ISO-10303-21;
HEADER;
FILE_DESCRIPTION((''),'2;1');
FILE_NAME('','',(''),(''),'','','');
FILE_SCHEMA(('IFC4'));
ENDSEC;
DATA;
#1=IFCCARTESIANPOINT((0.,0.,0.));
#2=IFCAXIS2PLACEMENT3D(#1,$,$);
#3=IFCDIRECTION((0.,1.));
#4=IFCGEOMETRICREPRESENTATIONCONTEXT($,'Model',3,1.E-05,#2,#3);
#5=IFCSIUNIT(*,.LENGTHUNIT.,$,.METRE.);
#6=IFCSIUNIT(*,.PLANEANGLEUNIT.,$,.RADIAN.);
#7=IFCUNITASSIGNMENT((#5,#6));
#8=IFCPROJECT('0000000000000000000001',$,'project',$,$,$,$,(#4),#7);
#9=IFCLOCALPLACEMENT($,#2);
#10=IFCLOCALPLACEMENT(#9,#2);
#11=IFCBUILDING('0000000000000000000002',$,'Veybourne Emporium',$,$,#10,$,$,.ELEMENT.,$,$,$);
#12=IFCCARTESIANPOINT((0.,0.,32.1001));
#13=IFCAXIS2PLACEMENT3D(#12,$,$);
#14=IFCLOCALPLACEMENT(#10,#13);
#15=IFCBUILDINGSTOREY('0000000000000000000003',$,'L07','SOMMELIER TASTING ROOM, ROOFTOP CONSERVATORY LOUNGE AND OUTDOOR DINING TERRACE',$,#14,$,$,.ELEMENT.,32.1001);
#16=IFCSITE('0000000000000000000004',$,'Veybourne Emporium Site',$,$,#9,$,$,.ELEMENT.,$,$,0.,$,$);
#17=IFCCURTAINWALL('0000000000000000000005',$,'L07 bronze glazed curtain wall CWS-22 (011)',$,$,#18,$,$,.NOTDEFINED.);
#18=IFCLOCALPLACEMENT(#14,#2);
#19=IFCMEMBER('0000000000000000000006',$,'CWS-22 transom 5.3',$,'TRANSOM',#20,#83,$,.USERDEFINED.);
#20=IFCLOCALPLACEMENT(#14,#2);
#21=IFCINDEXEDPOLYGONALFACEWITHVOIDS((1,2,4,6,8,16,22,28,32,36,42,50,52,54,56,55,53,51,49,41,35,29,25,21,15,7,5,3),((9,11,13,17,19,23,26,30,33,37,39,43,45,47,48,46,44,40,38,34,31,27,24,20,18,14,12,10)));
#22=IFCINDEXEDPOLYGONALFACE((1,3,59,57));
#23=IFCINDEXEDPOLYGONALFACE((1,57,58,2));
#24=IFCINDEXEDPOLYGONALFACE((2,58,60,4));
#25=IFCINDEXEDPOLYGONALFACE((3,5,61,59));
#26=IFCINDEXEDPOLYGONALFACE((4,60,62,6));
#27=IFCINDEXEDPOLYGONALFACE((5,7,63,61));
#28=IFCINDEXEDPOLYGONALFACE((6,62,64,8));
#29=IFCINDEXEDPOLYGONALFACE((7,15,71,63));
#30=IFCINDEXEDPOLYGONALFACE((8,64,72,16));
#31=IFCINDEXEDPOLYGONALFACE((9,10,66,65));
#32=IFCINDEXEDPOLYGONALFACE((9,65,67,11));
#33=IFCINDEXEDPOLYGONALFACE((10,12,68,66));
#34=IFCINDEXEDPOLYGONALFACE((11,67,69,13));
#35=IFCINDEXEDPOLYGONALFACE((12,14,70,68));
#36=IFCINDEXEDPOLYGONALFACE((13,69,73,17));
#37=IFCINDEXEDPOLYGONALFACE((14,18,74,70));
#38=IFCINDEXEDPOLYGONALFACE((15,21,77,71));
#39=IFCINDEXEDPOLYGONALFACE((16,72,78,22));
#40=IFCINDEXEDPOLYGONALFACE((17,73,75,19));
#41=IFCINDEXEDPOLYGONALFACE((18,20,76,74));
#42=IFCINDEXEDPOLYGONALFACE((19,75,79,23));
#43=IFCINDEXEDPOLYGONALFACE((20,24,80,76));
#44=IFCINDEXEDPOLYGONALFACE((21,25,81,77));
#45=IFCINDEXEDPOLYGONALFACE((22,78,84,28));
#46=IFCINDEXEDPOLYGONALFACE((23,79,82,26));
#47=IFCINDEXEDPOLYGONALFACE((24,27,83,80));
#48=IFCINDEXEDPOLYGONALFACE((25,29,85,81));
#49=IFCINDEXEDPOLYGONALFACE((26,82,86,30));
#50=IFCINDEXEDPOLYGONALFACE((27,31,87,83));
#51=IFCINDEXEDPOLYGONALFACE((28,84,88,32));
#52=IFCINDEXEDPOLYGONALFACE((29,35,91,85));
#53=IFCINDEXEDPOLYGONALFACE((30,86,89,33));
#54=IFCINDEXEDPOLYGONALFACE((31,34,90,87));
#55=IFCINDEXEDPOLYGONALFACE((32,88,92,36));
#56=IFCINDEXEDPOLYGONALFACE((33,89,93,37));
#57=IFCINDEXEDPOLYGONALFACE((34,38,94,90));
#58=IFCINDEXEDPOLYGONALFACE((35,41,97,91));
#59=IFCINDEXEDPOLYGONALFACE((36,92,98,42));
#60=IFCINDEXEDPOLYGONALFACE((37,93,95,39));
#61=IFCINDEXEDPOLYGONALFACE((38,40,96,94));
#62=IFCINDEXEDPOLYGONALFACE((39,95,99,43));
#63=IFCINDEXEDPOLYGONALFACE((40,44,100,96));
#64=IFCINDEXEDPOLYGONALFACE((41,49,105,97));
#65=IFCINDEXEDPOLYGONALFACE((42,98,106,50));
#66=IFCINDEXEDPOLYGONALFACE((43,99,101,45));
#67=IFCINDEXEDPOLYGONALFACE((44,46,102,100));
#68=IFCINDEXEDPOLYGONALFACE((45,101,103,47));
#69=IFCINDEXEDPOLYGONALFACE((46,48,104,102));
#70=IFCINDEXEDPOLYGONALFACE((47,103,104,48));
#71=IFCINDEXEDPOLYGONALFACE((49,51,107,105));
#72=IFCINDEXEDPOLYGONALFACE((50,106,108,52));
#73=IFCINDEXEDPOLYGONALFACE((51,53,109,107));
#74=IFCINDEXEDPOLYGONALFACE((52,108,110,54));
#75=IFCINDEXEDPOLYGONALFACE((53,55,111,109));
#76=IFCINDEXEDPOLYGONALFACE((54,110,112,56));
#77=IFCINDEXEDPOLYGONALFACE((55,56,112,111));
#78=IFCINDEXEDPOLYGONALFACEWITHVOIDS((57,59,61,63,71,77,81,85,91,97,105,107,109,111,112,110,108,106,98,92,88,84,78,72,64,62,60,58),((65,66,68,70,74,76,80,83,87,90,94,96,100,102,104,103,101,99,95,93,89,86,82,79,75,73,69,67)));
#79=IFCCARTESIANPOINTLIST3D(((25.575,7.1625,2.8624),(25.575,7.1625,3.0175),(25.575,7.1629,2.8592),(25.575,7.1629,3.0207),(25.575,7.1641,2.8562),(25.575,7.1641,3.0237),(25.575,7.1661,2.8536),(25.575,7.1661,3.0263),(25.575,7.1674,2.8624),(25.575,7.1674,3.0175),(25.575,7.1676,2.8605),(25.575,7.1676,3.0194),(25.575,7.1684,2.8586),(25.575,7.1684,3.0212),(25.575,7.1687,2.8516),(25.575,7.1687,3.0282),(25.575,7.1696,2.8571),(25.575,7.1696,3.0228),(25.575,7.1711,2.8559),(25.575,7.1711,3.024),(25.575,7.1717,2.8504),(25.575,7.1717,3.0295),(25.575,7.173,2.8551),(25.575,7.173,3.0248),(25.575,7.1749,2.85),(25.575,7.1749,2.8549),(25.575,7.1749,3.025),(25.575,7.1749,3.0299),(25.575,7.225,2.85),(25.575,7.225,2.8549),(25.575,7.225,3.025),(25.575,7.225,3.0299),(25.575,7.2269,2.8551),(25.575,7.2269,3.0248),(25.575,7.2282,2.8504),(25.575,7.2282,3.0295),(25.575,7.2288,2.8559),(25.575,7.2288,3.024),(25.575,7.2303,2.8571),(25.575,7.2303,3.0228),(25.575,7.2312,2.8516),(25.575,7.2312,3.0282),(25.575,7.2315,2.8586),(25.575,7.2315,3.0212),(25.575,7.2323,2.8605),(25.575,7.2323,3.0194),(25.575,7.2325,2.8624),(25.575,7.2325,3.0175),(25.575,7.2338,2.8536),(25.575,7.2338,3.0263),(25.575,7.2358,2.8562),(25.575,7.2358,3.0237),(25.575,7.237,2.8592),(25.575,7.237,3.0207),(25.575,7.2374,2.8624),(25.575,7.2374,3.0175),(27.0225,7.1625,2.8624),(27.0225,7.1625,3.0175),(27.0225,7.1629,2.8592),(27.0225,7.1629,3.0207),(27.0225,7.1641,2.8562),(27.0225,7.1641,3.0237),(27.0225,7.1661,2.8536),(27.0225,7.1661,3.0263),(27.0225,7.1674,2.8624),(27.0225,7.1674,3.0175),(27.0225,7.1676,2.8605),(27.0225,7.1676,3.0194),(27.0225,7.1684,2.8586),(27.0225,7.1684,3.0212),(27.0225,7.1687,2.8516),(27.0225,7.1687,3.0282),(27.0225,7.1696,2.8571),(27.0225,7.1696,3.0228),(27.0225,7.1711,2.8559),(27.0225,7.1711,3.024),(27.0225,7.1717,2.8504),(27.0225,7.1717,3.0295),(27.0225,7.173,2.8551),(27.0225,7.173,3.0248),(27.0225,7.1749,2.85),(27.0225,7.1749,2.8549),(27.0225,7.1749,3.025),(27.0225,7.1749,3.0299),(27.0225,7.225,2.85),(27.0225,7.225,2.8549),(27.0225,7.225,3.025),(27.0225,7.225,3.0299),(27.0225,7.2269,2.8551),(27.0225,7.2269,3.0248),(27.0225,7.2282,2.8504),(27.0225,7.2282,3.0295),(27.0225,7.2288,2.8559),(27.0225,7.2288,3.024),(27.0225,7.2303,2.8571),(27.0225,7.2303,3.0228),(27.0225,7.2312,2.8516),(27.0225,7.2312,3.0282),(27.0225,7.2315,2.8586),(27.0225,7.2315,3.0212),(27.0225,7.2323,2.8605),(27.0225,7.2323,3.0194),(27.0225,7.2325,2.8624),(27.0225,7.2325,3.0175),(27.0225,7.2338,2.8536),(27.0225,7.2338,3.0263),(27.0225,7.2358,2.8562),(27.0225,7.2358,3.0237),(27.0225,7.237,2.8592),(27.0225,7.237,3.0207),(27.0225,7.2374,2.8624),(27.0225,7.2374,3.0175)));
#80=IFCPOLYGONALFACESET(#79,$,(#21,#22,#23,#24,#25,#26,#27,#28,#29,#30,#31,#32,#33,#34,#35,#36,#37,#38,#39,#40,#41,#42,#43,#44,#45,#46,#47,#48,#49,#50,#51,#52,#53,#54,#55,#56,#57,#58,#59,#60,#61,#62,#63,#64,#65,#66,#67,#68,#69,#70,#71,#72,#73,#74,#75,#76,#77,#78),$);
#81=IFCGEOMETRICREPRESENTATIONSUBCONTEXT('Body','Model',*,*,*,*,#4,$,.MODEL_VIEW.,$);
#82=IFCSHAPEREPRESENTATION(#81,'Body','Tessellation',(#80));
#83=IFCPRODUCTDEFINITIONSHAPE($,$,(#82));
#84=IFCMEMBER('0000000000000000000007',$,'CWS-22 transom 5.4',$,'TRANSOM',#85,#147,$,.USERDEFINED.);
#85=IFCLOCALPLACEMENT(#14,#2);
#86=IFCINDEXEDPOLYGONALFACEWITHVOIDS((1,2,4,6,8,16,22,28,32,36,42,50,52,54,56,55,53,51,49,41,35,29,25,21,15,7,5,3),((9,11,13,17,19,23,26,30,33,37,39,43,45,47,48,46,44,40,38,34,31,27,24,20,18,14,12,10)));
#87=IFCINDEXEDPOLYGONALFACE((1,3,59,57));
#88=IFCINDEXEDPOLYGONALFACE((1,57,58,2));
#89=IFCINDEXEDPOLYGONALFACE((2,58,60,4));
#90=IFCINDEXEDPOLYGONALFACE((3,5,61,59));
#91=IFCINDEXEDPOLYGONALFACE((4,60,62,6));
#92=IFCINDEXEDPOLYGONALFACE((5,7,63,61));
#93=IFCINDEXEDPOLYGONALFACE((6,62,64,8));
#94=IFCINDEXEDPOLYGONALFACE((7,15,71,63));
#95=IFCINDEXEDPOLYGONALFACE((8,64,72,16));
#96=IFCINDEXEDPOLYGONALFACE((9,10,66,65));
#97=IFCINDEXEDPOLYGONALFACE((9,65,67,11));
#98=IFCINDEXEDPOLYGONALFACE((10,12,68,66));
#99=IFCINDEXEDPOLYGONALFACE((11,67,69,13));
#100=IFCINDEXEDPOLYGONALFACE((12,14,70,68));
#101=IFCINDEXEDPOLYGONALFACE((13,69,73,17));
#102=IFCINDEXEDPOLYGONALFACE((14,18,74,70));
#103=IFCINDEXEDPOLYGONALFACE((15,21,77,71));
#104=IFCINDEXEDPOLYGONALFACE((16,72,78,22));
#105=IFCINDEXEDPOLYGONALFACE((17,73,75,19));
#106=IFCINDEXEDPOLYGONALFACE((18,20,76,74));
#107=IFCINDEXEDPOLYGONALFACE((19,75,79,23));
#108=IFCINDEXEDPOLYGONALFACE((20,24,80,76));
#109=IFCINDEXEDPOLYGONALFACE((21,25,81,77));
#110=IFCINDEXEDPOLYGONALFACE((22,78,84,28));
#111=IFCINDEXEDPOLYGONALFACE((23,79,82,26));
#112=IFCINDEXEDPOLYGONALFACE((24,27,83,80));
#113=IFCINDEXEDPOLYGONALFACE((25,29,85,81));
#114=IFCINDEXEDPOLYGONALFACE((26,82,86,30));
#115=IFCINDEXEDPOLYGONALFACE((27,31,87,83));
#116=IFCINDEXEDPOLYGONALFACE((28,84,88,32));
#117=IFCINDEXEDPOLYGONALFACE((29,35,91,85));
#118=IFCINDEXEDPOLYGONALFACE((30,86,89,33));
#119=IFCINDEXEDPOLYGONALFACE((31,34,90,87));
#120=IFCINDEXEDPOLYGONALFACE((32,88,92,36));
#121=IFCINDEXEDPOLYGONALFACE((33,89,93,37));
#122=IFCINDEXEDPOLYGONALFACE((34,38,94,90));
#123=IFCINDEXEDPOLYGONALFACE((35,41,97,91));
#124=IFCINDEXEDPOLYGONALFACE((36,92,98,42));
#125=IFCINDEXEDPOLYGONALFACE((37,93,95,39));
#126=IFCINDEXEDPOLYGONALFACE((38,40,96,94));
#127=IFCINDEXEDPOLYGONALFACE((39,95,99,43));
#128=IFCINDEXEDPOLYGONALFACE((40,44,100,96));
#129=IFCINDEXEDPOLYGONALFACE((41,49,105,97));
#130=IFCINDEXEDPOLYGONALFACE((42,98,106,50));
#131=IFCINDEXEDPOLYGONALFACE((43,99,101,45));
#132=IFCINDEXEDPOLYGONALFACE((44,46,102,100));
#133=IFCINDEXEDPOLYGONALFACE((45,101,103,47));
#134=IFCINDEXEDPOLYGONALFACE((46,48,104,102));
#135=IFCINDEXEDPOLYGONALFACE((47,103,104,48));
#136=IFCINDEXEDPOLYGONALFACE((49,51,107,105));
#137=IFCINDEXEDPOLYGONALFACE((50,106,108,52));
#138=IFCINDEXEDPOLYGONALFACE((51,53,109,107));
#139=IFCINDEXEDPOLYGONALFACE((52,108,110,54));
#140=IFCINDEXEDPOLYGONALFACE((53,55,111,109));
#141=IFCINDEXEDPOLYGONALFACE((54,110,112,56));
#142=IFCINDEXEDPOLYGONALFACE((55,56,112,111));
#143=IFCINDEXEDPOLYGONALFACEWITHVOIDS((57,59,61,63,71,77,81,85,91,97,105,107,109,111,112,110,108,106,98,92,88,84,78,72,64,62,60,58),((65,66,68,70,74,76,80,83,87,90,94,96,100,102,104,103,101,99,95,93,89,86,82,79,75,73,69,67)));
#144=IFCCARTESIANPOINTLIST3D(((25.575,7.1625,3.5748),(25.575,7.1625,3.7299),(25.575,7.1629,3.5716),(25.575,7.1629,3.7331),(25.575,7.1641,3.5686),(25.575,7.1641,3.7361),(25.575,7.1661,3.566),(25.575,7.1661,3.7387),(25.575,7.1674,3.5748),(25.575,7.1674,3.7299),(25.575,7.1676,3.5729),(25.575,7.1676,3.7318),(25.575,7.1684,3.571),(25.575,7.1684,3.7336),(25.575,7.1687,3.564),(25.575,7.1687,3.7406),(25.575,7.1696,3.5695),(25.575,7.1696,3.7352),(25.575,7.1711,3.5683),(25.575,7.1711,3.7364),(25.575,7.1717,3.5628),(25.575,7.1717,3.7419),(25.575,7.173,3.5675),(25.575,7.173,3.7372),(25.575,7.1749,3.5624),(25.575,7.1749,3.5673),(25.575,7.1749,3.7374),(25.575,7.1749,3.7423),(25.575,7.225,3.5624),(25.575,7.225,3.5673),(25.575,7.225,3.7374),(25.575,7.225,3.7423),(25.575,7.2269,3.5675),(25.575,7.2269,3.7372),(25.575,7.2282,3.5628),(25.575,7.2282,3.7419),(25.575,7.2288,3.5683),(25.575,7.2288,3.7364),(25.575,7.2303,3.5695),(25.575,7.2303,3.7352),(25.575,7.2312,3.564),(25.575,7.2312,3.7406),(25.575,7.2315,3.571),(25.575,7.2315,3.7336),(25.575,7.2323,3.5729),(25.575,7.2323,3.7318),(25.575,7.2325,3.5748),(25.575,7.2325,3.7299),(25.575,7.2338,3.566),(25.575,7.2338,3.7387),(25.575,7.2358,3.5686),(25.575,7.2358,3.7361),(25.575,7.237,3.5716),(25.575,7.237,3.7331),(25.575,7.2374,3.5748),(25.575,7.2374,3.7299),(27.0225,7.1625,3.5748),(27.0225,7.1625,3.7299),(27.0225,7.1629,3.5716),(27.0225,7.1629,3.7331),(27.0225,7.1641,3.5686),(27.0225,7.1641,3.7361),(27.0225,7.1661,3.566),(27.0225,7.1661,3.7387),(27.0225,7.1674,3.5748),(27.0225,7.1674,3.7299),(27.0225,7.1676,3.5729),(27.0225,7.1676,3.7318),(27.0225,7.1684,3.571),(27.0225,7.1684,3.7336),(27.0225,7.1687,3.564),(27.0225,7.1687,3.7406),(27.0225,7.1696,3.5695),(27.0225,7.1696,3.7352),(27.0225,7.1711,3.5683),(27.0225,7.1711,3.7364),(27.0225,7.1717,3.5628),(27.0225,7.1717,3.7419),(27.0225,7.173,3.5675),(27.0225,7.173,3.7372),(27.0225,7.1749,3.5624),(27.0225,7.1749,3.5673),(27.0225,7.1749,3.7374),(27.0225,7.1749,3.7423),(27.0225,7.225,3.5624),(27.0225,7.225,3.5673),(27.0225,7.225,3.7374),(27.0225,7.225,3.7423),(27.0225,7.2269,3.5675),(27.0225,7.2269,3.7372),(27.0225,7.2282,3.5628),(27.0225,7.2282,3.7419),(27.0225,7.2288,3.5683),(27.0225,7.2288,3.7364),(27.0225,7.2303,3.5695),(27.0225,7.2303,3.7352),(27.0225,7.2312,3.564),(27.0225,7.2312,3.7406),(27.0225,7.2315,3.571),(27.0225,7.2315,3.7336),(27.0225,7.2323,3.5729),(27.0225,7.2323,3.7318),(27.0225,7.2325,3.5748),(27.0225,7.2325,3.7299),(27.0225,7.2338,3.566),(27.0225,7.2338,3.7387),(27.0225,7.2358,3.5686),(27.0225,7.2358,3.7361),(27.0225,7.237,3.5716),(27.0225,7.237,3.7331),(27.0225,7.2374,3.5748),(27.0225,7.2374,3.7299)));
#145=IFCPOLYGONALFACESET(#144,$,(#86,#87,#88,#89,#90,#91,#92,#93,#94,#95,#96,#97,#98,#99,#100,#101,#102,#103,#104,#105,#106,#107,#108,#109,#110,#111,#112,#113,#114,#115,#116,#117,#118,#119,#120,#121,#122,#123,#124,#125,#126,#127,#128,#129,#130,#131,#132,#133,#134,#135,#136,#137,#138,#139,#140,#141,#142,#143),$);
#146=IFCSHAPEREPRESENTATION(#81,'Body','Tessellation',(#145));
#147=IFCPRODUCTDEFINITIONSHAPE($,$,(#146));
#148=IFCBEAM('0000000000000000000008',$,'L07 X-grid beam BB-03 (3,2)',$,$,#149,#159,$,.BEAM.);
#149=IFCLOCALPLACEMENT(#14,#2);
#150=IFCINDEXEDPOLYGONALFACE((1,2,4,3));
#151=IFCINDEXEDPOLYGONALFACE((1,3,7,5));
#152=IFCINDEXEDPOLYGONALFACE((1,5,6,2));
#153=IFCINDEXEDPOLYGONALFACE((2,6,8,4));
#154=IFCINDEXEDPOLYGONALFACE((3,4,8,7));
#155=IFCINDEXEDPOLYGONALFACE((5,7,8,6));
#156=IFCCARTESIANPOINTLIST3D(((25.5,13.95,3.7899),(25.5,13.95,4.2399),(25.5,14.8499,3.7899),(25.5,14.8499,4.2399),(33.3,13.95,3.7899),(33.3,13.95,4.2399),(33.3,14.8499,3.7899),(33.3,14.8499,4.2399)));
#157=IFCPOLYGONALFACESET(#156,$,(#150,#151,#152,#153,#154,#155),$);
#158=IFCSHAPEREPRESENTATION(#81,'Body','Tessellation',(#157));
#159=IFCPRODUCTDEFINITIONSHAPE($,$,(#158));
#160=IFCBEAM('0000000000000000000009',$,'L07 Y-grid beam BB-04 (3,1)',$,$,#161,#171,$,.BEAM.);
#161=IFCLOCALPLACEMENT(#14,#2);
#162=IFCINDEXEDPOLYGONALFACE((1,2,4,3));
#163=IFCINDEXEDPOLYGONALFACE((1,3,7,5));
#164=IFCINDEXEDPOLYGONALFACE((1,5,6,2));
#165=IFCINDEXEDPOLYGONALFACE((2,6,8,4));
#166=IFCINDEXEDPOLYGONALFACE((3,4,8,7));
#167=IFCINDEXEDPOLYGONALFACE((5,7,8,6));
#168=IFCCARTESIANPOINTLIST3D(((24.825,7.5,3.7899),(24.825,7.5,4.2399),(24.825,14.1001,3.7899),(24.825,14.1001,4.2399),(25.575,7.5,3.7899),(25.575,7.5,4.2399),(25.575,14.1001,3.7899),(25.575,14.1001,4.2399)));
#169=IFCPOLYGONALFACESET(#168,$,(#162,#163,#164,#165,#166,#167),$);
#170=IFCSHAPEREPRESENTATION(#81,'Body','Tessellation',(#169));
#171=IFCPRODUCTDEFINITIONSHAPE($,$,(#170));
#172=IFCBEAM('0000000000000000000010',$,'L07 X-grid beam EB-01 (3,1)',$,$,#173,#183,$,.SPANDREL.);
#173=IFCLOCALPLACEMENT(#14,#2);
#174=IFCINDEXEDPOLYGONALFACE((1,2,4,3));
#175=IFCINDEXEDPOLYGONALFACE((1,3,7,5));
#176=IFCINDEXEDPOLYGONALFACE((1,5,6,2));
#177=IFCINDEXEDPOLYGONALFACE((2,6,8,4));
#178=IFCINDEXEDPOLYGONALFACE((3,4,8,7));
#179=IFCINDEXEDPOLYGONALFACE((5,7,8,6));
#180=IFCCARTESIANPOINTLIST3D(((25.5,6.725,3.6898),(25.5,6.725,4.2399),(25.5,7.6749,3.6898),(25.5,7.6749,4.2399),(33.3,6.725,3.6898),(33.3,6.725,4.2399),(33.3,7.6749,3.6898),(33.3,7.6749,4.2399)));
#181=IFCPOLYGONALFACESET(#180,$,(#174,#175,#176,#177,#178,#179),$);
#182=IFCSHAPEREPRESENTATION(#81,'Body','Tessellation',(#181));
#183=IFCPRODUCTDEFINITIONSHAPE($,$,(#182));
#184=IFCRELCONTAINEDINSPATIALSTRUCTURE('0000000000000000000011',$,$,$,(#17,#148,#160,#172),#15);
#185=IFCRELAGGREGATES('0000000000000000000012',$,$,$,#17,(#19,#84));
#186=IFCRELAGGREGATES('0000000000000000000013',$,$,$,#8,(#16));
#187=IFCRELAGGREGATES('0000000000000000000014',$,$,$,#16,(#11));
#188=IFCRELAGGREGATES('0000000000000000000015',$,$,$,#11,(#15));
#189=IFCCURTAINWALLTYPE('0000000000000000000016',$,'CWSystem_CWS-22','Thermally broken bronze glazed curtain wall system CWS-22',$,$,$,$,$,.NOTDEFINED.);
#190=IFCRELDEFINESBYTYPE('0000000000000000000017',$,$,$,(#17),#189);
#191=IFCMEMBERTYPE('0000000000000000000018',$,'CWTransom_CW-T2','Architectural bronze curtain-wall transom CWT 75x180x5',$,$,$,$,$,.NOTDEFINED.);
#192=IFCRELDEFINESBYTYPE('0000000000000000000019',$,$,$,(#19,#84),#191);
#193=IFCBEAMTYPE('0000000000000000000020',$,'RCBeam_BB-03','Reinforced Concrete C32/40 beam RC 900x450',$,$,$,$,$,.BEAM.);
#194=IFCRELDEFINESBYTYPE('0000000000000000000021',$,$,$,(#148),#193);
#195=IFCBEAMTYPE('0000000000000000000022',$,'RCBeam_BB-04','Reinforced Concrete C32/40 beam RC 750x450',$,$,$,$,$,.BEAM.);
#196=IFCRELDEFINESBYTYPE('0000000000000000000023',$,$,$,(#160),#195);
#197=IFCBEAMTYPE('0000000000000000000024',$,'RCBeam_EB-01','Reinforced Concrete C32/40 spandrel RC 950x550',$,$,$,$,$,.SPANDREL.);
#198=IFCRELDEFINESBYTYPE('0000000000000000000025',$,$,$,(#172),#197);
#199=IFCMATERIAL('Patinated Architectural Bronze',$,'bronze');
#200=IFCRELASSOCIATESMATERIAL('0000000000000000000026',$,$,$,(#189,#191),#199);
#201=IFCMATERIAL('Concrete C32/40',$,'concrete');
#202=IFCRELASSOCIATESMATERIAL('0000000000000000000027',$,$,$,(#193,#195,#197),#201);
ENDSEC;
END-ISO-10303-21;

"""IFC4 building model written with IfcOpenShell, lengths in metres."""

from ifc_helpers import new_model, si_unit, direction, frame, origin, origin_2d, place, context, subcontext, project, spatial, rectangle, hollow_rectangle, extrude, material, material_profile, profile_set, type_object, element, aggregate, save


model = new_model("IFC4")

# Units and contexts
model_context = context("Model", 3, precision=1e-05, world=origin(), true_north=direction((0.0, 1.0)))
body_context = subcontext(model_context, "Body", "Model", "MODEL_VIEW")
ifc_project = project(units=[si_unit("LENGTHUNIT", "METRE"), si_unit("PLANEANGLEUNIT", "RADIAN")], contexts=[model_context])

# Site, building, storey
site_placement = place(None, origin())
site = spatial("IfcSite", under=ifc_project, at=site_placement, Name="Veybourne Emporium Site", CompositionType="ELEMENT", RefElevation=0.0)
building_placement = place(site_placement, origin())
building = spatial("IfcBuilding", under=site, at=building_placement, Name="Veybourne Emporium", CompositionType="ELEMENT")
storey_placement = place(building_placement, frame((0.0, 0.0, 32.1001)))
storey = spatial("IfcBuildingStorey", under=building, at=storey_placement, Name="L07", Description="SOMMELIER TASTING ROOM, ROOFTOP CONSERVATORY LOUNGE AND OUTDOOR DINING TERRACE", CompositionType="ELEMENT", Elevation=32.1001)

# Curtain wall, members
ifc_material_1 = material(Name="Patinated Architectural Bronze", Category="bronze")
curtain_wall_type = type_object("IfcCurtainWallType", Name="CWSystem_CWS-22", Description="Thermally broken bronze glazed curtain wall system CWS-22", PredefinedType="NOTDEFINED", material=ifc_material_1)
curtain_wall_placement = place(storey_placement, origin())
curtain_wall = element("IfcCurtainWall", 1, at=curtain_wall_placement, inside=storey, type_object=curtain_wall_type, Name="L07 bronze glazed curtain wall CWS-22 (011)", PredefinedType="NOTDEFINED")
ifc_material_profile_1 = material_profile(ifc_material_1, hollow_rectangle(XDim=0.075, YDim=0.1799, WallThickness=0.0049, InnerFilletRadius=0.0076, OuterFilletRadius=0.0125, at=origin_2d()), Name="CWT 75x180x5")
ifc_profile_set_1 = profile_set([ifc_material_profile_1], Name="Patinated Architectural Bronze")
member_type_1 = type_object("IfcMemberType", Name="CWTransom_CW-T2", Description="Architectural bronze curtain-wall transom CWT 75x180x5", PredefinedType="NOTDEFINED", material=ifc_profile_set_1)
member_1_placement = place(storey_placement, frame((27.0225, 7.2, 2.9399), z_axis=(-1.0, 0.0, 0.0), x_axis=(0.0, -1.0, 0.0)))
member_1 = element("IfcMember", 2, at=member_1_placement, type_object=member_type_1, Name="CWS-22 transom 5.3", ObjectType="TRANSOM", PredefinedType="USERDEFINED", context=body_context, shape_type="SweptSolid", body=[
    extrude(hollow_rectangle(XDim=0.075, YDim=0.1799, WallThickness=0.0049, InnerFilletRadius=0.0076, OuterFilletRadius=0.0125, at=origin_2d()), origin(), (0.0, 0.0, 1.0), 1.4475),
])
member_2_placement = place(storey_placement, frame((27.0225, 7.2, 3.6523), z_axis=(-1.0, 0.0, 0.0), x_axis=(0.0, -1.0, 0.0)))
member_2 = element("IfcMember", 3, at=member_2_placement, type_object=member_type_1, Name="CWS-22 transom 5.4", ObjectType="TRANSOM", PredefinedType="USERDEFINED", context=body_context, shape_type="SweptSolid", body=[
    extrude(hollow_rectangle(XDim=0.075, YDim=0.1799, WallThickness=0.0049, InnerFilletRadius=0.0076, OuterFilletRadius=0.0125, at=origin_2d()), origin(), (0.0, 0.0, 1.0), 1.4475),
])

# Beams
ifc_material_2 = material(Name="Concrete C32/40", Category="concrete")
ifc_material_profile_2 = material_profile(ifc_material_2, rectangle(XDim=0.8999, YDim=0.45, at=origin_2d()), Name="RC 900x450")
ifc_profile_set_2 = profile_set([ifc_material_profile_2], Name="Concrete C32/40")
beam_type_1 = type_object("IfcBeamType", Name="RCBeam_BB-03", Description="Reinforced Concrete C32/40 beam RC 900x450", PredefinedType="BEAM", material=ifc_profile_set_2)
beam_1_placement = place(storey_placement, frame((25.5, 14.3999, 4.0149), z_axis=(1.0, 0.0, 0.0), x_axis=(0.0, 1.0, 0.0)))
element("IfcBeam", 4, at=beam_1_placement, inside=storey, type_object=beam_type_1, Name="L07 X-grid beam BB-03 (3,2)", PredefinedType="BEAM", context=body_context, shape_type="SweptSolid", body=[
    extrude(rectangle(XDim=0.8999, YDim=0.45, at=origin_2d()), origin(), (0.0, 0.0, 1.0), 7.8),
])
ifc_material_profile_3 = material_profile(ifc_material_2, rectangle(XDim=0.75, YDim=0.45, at=origin_2d()), Name="RC 750x450")
ifc_profile_set_3 = profile_set([ifc_material_profile_3], Name="Concrete C32/40")
beam_type_2 = type_object("IfcBeamType", Name="RCBeam_BB-04", Description="Reinforced Concrete C32/40 beam RC 750x450", PredefinedType="BEAM", material=ifc_profile_set_3)
beam_2_placement = place(storey_placement, frame((25.2, 7.5, 4.0149), z_axis=(0.0, 1.0, 0.0), x_axis=(-1.0, 0.0, 0.0)))
element("IfcBeam", 5, at=beam_2_placement, inside=storey, type_object=beam_type_2, Name="L07 Y-grid beam BB-04 (3,1)", PredefinedType="BEAM", context=body_context, shape_type="SweptSolid", body=[
    extrude(rectangle(XDim=0.75, YDim=0.45, at=origin_2d()), origin(), (0.0, 0.0, 1.0), 6.6001),
])
ifc_material_profile_4 = material_profile(ifc_material_2, rectangle(XDim=0.95, YDim=0.55, at=origin_2d()), Name="RC 950x550")
ifc_profile_set_4 = profile_set([ifc_material_profile_4], Name="Concrete C32/40")
beam_type_3 = type_object("IfcBeamType", Name="RCBeam_EB-01", Description="Reinforced Concrete C32/40 spandrel RC 950x550", PredefinedType="SPANDREL", material=ifc_profile_set_4)
beam_3_placement = place(storey_placement, frame((25.5, 7.2, 3.9648), z_axis=(1.0, 0.0, 0.0), x_axis=(0.0, 1.0, 0.0)))
element("IfcBeam", 6, at=beam_3_placement, inside=storey, type_object=beam_type_3, Name="L07 X-grid beam EB-01 (3,1)", PredefinedType="SPANDREL", context=body_context, shape_type="SweptSolid", body=[
    extrude(rectangle(XDim=0.95, YDim=0.55, at=origin_2d()), origin(), (0.0, 0.0, 1.0), 7.8),
])

aggregate(curtain_wall, [member_1, member_2])

save(model, "model.ifc")
